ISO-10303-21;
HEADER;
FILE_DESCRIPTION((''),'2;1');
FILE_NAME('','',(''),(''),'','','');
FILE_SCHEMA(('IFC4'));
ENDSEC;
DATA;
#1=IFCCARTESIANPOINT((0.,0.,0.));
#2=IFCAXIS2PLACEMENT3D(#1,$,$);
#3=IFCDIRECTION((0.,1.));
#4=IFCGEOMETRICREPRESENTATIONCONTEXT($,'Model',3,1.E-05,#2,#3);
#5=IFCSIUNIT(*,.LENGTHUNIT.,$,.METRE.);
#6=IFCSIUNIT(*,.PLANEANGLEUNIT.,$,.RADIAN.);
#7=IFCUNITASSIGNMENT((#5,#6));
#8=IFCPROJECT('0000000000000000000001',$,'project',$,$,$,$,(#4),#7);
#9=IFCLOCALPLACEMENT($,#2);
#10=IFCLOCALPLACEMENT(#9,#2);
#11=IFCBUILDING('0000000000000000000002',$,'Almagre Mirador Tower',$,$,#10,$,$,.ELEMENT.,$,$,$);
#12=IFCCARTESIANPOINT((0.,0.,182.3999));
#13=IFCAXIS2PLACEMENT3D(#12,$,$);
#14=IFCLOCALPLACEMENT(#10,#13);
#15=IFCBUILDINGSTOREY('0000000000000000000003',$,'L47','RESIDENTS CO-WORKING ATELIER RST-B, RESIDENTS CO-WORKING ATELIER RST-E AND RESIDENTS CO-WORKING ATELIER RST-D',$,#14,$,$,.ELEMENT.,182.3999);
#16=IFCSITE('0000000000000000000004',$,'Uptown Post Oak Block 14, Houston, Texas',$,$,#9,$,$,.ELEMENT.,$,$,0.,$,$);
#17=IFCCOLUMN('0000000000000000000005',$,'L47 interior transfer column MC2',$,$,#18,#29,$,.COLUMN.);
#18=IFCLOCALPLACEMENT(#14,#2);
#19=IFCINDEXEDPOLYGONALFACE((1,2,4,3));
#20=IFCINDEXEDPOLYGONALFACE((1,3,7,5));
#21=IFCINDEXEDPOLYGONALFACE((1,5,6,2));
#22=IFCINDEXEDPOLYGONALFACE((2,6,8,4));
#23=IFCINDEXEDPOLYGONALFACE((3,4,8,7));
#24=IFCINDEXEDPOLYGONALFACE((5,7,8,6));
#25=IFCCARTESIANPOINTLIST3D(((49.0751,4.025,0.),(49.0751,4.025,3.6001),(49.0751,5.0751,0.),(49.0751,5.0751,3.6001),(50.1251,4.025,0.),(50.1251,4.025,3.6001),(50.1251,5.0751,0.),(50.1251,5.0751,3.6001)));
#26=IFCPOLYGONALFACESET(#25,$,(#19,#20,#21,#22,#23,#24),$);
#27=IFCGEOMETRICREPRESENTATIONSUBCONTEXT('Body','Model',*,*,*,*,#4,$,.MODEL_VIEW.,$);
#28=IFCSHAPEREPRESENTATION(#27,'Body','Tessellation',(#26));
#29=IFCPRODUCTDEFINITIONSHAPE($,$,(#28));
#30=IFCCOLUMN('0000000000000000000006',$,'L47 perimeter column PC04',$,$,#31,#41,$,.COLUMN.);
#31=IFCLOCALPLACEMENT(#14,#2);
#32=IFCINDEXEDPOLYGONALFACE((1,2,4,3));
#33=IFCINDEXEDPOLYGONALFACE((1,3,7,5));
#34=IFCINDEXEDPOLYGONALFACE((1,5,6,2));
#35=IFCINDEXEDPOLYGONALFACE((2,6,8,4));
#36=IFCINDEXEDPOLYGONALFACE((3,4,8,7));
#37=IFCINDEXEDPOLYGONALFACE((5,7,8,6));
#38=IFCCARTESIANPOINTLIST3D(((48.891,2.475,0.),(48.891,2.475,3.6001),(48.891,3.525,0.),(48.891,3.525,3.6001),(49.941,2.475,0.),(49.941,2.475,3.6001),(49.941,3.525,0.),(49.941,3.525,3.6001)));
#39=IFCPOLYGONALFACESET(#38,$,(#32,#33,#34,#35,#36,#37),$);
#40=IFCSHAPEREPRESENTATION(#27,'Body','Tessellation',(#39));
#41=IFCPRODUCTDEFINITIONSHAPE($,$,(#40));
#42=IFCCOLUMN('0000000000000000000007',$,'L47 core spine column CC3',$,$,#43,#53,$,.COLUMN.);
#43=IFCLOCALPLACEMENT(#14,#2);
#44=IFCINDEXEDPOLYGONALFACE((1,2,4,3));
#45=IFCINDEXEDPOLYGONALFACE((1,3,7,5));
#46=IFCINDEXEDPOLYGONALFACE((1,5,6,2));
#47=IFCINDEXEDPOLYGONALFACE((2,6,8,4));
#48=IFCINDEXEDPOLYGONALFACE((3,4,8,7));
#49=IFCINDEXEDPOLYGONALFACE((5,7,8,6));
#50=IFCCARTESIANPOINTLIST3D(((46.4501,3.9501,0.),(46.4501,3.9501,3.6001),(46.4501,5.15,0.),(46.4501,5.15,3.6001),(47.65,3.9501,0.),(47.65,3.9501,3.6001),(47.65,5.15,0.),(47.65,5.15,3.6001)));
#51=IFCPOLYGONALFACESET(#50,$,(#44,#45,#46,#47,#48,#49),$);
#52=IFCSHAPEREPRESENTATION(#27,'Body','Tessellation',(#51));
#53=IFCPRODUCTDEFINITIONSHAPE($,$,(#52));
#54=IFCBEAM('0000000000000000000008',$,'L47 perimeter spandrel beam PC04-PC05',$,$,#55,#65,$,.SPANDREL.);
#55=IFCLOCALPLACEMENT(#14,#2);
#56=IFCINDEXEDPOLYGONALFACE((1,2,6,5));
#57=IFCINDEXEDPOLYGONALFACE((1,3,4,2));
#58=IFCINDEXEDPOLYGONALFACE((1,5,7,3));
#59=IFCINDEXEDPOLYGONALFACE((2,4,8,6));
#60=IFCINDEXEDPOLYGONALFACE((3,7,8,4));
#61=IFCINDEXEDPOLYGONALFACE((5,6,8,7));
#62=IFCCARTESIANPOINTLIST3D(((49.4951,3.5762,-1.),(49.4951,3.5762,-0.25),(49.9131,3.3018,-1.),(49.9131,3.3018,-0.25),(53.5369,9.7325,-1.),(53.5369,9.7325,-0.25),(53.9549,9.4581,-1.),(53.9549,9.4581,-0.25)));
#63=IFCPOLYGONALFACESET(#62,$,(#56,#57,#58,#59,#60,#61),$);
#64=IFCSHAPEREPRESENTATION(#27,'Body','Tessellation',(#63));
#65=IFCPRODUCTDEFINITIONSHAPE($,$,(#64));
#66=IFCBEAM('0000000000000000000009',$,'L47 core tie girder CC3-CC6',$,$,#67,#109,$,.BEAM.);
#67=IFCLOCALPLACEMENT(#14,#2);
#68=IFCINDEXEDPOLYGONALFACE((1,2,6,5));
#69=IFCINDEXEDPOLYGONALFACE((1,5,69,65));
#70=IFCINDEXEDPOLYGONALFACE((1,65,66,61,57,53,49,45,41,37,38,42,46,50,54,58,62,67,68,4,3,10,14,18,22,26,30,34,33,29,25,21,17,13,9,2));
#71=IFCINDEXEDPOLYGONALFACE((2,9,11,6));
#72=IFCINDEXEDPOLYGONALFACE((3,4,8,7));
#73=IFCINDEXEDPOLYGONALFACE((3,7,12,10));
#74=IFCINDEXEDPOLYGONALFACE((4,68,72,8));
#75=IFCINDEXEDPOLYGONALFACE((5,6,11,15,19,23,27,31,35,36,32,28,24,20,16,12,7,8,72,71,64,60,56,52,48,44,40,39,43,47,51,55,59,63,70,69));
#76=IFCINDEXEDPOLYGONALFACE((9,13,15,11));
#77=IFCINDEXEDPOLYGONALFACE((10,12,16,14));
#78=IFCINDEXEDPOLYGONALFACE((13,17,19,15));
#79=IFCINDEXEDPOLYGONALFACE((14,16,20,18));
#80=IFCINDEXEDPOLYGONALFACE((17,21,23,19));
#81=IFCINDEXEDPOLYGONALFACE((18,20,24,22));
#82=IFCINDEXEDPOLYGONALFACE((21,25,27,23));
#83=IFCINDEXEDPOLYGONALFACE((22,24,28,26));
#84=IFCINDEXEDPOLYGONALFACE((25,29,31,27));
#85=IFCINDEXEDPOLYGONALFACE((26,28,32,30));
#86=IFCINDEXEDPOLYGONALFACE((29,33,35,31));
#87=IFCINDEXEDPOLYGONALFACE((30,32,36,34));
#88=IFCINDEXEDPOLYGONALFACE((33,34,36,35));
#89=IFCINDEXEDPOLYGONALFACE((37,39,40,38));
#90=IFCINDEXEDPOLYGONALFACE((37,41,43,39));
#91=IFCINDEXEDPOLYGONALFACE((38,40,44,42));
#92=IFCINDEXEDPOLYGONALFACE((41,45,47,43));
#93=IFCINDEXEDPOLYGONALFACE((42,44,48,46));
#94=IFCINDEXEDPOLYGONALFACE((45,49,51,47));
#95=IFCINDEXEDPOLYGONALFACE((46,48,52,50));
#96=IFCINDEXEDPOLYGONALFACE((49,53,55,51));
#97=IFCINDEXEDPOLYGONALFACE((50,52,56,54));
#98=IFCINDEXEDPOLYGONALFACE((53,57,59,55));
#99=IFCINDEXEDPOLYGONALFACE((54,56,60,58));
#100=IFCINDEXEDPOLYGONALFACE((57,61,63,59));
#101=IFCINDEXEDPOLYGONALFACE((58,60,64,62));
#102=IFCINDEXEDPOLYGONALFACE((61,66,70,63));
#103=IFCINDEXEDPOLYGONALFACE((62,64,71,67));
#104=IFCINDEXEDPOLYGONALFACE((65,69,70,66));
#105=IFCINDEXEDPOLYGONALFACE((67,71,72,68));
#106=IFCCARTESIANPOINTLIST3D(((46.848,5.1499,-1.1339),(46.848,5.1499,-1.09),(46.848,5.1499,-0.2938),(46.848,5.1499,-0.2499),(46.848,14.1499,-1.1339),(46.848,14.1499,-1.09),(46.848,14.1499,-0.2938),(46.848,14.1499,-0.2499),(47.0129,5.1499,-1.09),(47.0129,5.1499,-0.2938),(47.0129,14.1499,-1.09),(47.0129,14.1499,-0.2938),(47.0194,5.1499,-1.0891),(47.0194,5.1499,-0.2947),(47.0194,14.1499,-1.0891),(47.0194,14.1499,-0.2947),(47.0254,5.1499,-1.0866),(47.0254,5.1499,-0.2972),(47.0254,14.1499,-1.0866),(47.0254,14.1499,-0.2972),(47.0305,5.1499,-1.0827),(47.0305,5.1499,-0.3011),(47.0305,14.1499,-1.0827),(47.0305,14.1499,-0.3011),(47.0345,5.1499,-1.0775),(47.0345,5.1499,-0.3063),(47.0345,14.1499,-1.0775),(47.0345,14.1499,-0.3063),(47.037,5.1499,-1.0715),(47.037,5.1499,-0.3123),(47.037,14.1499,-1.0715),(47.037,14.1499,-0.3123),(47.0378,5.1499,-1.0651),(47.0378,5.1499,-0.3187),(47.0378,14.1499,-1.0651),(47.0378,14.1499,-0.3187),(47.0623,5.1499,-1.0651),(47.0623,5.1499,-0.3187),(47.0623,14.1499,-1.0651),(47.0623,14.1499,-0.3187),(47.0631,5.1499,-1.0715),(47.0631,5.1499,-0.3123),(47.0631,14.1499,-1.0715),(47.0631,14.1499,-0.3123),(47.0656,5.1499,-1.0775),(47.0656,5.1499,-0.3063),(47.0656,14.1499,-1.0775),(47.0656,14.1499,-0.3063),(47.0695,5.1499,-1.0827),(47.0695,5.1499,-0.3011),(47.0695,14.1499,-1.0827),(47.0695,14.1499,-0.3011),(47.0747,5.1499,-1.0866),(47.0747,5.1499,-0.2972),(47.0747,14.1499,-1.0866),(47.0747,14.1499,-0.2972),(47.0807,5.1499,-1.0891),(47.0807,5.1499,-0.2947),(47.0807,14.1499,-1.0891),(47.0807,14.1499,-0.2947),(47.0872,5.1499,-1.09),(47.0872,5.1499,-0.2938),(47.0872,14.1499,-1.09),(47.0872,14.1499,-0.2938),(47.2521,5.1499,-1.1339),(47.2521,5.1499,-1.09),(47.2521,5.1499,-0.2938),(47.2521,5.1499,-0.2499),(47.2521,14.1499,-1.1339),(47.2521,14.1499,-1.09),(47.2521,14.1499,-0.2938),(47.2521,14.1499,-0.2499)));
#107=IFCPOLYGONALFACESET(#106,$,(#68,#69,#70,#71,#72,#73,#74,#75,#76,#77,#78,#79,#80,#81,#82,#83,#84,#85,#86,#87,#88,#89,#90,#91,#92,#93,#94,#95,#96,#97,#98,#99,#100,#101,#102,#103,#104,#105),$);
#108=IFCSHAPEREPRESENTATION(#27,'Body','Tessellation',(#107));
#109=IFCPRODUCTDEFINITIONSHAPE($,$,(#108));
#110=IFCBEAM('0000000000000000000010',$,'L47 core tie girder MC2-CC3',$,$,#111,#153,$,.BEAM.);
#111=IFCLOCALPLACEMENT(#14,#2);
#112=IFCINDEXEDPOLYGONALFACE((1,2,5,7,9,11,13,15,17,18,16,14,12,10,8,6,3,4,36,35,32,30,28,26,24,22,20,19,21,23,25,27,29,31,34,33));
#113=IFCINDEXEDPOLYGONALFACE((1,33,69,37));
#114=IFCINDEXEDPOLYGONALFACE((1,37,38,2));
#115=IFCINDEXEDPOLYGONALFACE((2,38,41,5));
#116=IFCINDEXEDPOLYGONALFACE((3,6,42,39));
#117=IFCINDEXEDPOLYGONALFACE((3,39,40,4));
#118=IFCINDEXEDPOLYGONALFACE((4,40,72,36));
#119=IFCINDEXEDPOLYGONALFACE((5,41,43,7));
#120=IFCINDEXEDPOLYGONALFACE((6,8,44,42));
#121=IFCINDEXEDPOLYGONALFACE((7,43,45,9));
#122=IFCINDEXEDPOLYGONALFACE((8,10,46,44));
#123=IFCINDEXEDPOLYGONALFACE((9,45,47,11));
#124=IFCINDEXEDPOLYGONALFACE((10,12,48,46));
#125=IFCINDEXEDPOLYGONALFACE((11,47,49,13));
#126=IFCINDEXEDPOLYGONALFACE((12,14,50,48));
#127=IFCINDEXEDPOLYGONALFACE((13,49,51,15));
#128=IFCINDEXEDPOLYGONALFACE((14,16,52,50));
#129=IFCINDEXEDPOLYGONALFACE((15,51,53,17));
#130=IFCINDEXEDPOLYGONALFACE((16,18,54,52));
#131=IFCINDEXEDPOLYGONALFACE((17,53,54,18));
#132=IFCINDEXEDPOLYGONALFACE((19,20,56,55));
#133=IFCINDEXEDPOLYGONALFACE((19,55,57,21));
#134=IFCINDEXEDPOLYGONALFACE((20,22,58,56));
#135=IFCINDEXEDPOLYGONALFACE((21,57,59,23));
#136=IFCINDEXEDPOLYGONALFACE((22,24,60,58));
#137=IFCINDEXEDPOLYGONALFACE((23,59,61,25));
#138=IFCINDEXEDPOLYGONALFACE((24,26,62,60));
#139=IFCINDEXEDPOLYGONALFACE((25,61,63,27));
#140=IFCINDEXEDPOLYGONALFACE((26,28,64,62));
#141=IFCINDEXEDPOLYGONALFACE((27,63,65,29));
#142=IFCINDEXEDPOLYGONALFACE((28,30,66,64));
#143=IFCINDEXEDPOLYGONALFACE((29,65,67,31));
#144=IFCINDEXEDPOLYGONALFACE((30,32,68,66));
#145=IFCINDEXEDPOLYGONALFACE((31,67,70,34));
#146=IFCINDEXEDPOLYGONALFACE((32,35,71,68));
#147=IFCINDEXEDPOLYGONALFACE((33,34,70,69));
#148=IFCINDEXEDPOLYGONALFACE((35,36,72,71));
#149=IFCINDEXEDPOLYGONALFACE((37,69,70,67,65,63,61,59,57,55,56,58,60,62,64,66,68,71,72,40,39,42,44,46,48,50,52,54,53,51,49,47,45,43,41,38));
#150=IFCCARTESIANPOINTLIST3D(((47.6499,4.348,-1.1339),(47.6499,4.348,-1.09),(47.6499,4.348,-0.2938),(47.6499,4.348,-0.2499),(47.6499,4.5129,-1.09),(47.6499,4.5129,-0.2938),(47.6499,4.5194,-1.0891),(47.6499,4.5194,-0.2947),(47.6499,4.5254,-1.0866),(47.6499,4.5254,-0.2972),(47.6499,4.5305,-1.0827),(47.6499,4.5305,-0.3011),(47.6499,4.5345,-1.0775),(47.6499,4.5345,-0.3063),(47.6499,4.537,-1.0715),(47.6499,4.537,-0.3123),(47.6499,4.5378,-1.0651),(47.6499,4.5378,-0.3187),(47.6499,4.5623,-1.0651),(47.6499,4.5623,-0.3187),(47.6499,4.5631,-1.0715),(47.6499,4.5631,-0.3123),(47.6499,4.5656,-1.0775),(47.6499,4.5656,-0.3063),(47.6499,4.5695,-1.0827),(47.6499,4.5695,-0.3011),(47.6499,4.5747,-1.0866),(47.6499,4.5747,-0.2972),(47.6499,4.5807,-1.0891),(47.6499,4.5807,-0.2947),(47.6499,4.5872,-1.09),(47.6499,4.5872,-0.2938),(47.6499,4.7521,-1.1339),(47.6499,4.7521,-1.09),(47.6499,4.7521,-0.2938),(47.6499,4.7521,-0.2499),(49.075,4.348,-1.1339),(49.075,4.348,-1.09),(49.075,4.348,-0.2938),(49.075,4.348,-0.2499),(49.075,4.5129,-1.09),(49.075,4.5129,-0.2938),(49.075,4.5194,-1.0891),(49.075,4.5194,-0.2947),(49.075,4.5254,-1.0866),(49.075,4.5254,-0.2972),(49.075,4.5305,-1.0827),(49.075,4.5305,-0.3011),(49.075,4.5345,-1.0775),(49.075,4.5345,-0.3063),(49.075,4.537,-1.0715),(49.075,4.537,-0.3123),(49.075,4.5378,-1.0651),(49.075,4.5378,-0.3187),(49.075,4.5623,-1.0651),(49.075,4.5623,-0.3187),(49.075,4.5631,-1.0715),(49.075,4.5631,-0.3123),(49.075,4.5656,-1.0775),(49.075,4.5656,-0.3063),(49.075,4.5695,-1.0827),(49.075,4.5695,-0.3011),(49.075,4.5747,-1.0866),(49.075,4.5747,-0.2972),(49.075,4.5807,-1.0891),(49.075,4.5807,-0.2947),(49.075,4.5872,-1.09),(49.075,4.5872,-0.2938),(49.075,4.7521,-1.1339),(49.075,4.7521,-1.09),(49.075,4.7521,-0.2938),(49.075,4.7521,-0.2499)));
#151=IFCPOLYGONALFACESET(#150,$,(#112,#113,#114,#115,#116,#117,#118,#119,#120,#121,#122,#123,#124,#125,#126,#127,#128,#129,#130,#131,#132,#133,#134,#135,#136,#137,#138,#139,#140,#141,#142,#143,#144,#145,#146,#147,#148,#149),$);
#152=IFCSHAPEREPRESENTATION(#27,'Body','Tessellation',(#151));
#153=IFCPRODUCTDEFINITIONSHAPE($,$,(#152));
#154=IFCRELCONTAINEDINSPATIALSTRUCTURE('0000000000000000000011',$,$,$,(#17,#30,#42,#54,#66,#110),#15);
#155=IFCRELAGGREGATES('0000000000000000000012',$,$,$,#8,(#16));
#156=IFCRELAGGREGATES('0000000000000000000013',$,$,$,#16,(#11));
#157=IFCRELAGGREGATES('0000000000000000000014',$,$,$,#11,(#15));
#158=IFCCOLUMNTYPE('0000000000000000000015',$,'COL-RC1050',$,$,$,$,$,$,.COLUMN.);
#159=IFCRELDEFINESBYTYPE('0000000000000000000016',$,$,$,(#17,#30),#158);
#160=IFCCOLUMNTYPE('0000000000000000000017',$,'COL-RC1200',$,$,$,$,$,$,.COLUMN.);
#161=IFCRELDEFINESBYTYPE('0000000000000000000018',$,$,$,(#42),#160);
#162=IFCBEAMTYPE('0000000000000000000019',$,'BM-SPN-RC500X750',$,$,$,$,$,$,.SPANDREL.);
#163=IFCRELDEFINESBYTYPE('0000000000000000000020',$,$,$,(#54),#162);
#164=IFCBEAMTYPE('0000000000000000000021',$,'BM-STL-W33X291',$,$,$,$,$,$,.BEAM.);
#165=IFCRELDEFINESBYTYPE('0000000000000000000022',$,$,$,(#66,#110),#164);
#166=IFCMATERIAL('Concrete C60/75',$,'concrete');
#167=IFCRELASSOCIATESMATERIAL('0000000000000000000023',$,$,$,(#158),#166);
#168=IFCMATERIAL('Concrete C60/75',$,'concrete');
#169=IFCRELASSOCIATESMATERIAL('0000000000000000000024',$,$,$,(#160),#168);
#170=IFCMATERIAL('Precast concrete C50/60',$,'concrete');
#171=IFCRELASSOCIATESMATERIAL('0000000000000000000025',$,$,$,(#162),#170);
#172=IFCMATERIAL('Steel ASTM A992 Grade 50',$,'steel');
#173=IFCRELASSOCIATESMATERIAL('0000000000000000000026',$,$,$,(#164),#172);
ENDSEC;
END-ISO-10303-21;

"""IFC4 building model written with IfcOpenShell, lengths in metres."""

from ifc_helpers import new_model, si_unit, direction, frame, origin, origin_2d, place, context, subcontext, project, spatial, rectangle, i_section, extrude, material, material_profile, profile_set, type_object, element, save


model = new_model("IFC4")

# Units and contexts
model_context = context("Model", 3, precision=1e-05, world=origin(), true_north=direction((0.0, 1.0)))
body_context = subcontext(model_context, "Body", "Model", "MODEL_VIEW")
ifc_project = project(units=[si_unit("LENGTHUNIT", "METRE"), si_unit("PLANEANGLEUNIT", "RADIAN")], contexts=[model_context])

# Site, building, storey
site_placement = place(None, origin())
site = spatial("IfcSite", under=ifc_project, at=site_placement, Name="Uptown Post Oak Block 14, Houston, Texas", CompositionType="ELEMENT", RefElevation=0.0)
building_placement = place(site_placement, origin())
building = spatial("IfcBuilding", under=site, at=building_placement, Name="Almagre Mirador Tower", CompositionType="ELEMENT")
storey_placement = place(building_placement, frame((0.0, 0.0, 182.3999)))
storey = spatial("IfcBuildingStorey", under=building, at=storey_placement, Name="L47", Description="RESIDENTS CO-WORKING ATELIER RST-B, RESIDENTS CO-WORKING ATELIER RST-E AND RESIDENTS CO-WORKING ATELIER RST-D", CompositionType="ELEMENT", Elevation=182.3999)

# Columns
ifc_material_1 = material(Name="Concrete C60/75", Category="concrete")
ifc_material_profile_1 = material_profile(ifc_material_1, rectangle(XDim=1.05, YDim=1.05, at=origin_2d()), Name="RC1050X1050")
ifc_profile_set_1 = profile_set([ifc_material_profile_1], Name="Concrete C60/75")
column_type_1 = type_object("IfcColumnType", Name="COL-RC1050", PredefinedType="COLUMN", material=ifc_profile_set_1)
for number, where, z_axis, x_axis, name in (
    (1, (49.6001, 4.55, 0.0), (0.0, 0.0, 1.0), (1.0, 0.0, 0.0), "L47 interior transfer column MC2"),
    (2, (49.416, 3.0, 0.0), (0.0, 0.0, 1.0), (1.0, 0.0, 0.0), "L47 perimeter column PC04"),
):
    element("IfcColumn", number, at=place(storey_placement, frame(where, z_axis=z_axis, x_axis=x_axis)), inside=storey, type_object=column_type_1, Name=name, PredefinedType="COLUMN", context=body_context, shape_type="SweptSolid", body=[
        extrude(rectangle(XDim=1.05, YDim=1.05, at=origin_2d()), origin(), (0.0, 0.0, 1.0), 3.6001),
    ])
ifc_material_2 = material(Name="Concrete C60/75", Category="concrete")
ifc_material_profile_2 = material_profile(ifc_material_2, rectangle(XDim=1.2, YDim=1.2, at=origin_2d()), Name="RC1200X1200")
ifc_profile_set_2 = profile_set([ifc_material_profile_2], Name="Concrete C60/75")
column_type_2 = type_object("IfcColumnType", Name="COL-RC1200", PredefinedType="COLUMN", material=ifc_profile_set_2)
column_placement = place(storey_placement, frame((47.05, 4.55, 0.0), z_axis=(0.0, 0.0, 1.0), x_axis=(1.0, 0.0, 0.0)))
element("IfcColumn", 3, at=column_placement, inside=storey, type_object=column_type_2, Name="L47 core spine column CC3", PredefinedType="COLUMN", context=body_context, shape_type="SweptSolid", body=[
    extrude(rectangle(XDim=1.2, YDim=1.2, at=origin_2d()), origin(), (0.0, 0.0, 1.0), 3.6001),
])

# Beams
ifc_material_3 = material(Name="Precast concrete C50/60", Category="concrete")
ifc_material_profile_3 = material_profile(ifc_material_3, rectangle(XDim=0.5, YDim=0.75, at=origin_2d()), Name="RC500X750")
ifc_profile_set_3 = profile_set([ifc_material_profile_3], Name="Precast concrete C50/60")
beam_type_1 = type_object("IfcBeamType", Name="BM-SPN-RC500X750", PredefinedType="SPANDREL", material=ifc_profile_set_3)
beam_1_placement = place(storey_placement, frame((49.7041, 3.439, -0.625), z_axis=(0.548819, 0.835941, 0.0), x_axis=(-0.835941, 0.548819, 0.0)))
element("IfcBeam", 4, at=beam_1_placement, inside=storey, type_object=beam_type_1, Name="L47 perimeter spandrel beam PC04-PC05", PredefinedType="SPANDREL", context=body_context, shape_type="SweptSolid", body=[
    extrude(rectangle(XDim=0.5, YDim=0.75, at=origin_2d()), origin(), (0.0, 0.0, 1.0), 7.3645),
])
ifc_material_4 = material(Name="Steel ASTM A992 Grade 50", Category="steel")
ifc_material_profile_4 = material_profile(ifc_material_4, i_section(OverallWidth=0.4041, OverallDepth=0.884, WebThickness=0.0244, FlangeThickness=0.0439, FilletRadius=0.0249, at=origin_2d()), Name="W33X291")
ifc_profile_set_4 = profile_set([ifc_material_profile_4], Name="Steel ASTM A992 Grade 50")
beam_type_2 = type_object("IfcBeamType", Name="BM-STL-W33X291", PredefinedType="BEAM", material=ifc_profile_set_4)
beam_2_placement = place(storey_placement, frame((47.05, 5.1499, -0.6919), z_axis=(0.0, 1.0, 0.0), x_axis=(-1.0, 0.0, 0.0)))
element("IfcBeam", 5, at=beam_2_placement, inside=storey, type_object=beam_type_2, Name="L47 core tie girder CC3-CC6", PredefinedType="BEAM", context=body_context, shape_type="SweptSolid", body=[
    extrude(i_section(OverallWidth=0.4041, OverallDepth=0.884, WebThickness=0.0244, FlangeThickness=0.0439, FilletRadius=0.0249, at=origin_2d()), origin(), (0.0, 0.0, 1.0), 9.0),
])
beam_3_placement = place(storey_placement, frame((49.075, 4.55, -0.6919), z_axis=(-1.0, 0.0, 0.0), x_axis=(0.0, -1.0, 0.0)))
element("IfcBeam", 6, at=beam_3_placement, inside=storey, type_object=beam_type_2, Name="L47 core tie girder MC2-CC3", PredefinedType="BEAM", context=body_context, shape_type="SweptSolid", body=[
    extrude(i_section(OverallWidth=0.4041, OverallDepth=0.884, WebThickness=0.0244, FlangeThickness=0.0439, FilletRadius=0.0249, at=origin_2d()), origin(), (0.0, 0.0, 1.0), 1.425),
])

save(model, "model.ifc")
